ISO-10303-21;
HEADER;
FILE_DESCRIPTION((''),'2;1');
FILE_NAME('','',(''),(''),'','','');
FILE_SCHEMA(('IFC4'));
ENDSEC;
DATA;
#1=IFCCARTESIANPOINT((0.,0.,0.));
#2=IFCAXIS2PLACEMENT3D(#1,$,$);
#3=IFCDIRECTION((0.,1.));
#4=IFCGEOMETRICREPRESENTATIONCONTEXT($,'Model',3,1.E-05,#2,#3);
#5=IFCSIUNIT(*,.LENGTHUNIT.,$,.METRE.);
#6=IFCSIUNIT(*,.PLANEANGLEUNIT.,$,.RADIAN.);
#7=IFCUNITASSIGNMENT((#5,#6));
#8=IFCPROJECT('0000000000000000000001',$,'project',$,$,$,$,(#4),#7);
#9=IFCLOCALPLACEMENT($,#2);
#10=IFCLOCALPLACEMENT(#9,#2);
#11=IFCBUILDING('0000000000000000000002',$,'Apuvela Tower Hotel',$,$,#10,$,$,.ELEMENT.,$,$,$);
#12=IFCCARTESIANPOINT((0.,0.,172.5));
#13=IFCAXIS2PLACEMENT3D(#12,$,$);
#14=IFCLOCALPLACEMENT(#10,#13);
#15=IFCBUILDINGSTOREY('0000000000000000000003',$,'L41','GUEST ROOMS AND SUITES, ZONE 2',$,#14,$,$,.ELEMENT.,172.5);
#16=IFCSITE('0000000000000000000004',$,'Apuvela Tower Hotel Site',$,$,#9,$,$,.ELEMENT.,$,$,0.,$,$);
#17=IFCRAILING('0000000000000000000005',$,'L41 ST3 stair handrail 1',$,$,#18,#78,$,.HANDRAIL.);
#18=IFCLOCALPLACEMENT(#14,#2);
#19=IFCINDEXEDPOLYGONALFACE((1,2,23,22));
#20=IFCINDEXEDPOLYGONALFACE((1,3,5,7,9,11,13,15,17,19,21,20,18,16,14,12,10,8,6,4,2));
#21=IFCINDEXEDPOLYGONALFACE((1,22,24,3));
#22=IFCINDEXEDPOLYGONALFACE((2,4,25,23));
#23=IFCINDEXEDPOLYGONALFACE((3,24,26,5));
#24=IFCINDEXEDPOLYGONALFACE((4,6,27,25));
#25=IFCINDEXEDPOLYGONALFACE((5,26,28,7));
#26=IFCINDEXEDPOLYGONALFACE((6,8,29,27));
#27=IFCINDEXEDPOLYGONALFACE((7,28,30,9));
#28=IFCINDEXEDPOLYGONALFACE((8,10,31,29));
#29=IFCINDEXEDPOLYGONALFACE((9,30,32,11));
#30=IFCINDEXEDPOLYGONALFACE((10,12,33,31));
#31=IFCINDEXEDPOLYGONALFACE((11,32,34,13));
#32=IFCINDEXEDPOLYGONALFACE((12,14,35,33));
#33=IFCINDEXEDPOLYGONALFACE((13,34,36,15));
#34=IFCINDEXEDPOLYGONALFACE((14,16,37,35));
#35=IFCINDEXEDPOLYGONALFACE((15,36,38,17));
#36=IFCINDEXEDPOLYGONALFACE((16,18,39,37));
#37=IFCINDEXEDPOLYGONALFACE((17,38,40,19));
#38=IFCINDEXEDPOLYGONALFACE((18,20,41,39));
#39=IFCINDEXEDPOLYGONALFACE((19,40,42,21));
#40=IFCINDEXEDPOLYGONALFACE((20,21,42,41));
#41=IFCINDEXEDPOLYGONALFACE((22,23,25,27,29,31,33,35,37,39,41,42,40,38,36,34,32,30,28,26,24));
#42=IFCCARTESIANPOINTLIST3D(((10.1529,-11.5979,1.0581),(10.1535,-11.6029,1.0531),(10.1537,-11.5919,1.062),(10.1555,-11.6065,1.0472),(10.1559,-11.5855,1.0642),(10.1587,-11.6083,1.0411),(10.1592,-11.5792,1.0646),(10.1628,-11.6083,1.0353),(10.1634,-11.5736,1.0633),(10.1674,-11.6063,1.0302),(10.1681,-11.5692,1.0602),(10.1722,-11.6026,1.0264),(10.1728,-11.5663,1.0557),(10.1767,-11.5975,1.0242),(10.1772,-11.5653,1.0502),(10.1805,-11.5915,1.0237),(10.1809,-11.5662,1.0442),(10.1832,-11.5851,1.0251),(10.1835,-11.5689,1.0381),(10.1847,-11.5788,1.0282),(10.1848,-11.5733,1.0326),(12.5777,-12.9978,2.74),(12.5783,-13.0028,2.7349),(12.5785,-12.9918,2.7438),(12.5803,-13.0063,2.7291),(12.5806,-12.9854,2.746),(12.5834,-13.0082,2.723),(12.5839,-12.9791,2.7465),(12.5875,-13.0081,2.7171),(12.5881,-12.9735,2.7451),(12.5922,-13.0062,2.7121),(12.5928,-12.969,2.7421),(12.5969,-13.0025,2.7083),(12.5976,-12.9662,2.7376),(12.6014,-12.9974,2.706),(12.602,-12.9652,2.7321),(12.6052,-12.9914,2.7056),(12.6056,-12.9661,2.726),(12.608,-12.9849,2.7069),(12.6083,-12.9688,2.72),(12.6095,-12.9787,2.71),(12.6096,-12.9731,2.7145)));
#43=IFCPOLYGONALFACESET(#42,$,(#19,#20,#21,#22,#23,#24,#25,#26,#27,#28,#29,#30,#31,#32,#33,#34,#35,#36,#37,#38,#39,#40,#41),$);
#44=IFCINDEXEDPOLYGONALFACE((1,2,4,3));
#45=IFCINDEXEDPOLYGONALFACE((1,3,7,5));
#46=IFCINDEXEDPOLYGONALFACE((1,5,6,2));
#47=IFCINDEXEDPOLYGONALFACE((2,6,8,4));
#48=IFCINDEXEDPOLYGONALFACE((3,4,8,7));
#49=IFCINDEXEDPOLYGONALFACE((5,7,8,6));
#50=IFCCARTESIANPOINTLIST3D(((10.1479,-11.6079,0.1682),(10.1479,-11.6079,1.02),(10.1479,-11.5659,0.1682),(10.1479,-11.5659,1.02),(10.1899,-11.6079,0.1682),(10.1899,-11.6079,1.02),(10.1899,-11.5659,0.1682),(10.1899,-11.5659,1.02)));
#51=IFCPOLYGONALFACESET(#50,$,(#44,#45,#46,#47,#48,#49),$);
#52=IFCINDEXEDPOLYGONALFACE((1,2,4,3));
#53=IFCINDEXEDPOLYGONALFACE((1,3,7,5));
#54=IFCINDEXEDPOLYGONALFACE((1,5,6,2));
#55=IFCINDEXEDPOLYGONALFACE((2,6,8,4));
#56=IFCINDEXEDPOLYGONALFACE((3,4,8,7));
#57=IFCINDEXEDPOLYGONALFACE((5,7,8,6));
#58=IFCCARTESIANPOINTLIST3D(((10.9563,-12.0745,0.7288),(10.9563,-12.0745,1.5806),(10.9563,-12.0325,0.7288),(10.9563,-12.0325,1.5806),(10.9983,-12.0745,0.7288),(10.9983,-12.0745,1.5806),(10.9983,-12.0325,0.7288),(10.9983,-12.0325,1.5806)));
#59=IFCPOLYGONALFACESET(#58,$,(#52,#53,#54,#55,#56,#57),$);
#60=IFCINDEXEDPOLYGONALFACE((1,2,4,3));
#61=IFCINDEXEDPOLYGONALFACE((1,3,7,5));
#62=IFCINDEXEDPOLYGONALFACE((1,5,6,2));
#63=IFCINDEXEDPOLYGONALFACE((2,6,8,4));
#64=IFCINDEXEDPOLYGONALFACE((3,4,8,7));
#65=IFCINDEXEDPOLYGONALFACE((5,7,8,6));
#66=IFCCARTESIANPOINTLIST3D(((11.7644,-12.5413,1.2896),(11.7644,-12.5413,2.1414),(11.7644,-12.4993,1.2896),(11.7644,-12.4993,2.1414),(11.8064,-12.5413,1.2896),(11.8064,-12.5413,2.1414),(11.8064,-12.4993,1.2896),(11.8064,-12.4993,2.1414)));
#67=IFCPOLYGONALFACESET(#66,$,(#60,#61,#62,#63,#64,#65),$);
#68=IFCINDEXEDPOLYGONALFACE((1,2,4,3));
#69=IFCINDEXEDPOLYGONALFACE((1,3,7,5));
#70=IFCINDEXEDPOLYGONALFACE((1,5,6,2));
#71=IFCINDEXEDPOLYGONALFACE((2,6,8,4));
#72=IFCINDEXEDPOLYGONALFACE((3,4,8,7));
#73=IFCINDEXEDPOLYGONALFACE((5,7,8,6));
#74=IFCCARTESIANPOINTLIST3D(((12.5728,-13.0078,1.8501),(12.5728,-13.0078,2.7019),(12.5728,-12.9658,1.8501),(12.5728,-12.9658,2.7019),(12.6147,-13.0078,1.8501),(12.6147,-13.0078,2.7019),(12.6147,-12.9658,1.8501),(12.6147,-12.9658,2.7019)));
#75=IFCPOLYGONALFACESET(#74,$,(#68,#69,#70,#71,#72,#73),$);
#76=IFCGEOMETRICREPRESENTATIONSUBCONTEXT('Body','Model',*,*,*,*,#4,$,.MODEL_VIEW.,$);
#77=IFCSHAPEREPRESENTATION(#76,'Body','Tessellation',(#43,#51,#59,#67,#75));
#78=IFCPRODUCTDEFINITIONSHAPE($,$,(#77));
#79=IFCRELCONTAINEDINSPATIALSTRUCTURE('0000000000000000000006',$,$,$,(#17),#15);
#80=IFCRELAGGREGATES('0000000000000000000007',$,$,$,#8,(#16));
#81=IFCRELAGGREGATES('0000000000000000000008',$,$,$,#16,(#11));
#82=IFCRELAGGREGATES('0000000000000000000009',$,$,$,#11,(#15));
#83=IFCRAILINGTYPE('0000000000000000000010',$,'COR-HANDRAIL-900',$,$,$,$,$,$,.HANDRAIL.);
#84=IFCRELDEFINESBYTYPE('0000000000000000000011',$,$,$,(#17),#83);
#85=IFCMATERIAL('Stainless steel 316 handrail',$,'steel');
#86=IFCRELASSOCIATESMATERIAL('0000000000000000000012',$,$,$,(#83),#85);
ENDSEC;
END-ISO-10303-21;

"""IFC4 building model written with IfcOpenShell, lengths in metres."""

from ifc_helpers import new_model, si_unit, direction, frame, origin, origin_2d, place, context, subcontext, project, spatial, rectangle, circle, extrude, material, type_object, element, save


model = new_model("IFC4")

# Units and contexts
model_context = context("Model", 3, precision=1e-05, world=origin(), true_north=direction((0.0, 1.0)))
body_context = subcontext(model_context, "Body", "Model", "MODEL_VIEW")
ifc_project = project(units=[si_unit("LENGTHUNIT", "METRE"), si_unit("PLANEANGLEUNIT", "RADIAN")], contexts=[model_context])

# Site, building, storey
site_placement = place(None, origin())
site = spatial("IfcSite", under=ifc_project, at=site_placement, Name="Apuvela Tower Hotel Site", CompositionType="ELEMENT", RefElevation=0.0)
building_placement = place(site_placement, origin())
building = spatial("IfcBuilding", under=site, at=building_placement, Name="Apuvela Tower Hotel", CompositionType="ELEMENT")
storey_placement = place(building_placement, frame((0.0, 0.0, 172.5)))
storey = spatial("IfcBuildingStorey", under=building, at=storey_placement, Name="L41", Description="GUEST ROOMS AND SUITES, ZONE 2", CompositionType="ELEMENT", Elevation=172.5)

# Railing
ifc_material_1 = material(Name="Stainless steel 316 handrail", Category="steel")
railing_type_1 = type_object("IfcRailingType", Name="COR-HANDRAIL-900", PredefinedType="HANDRAIL", material=ifc_material_1)
railing_1_placement = place(storey_placement, frame((10.1689, -11.5869, 0.1682)))
element("IfcRailing", 1, at=railing_1_placement, inside=storey, type_object=railing_type_1, Name="L41 ST3 stair handrail 1", PredefinedType="HANDRAIL", context=body_context, shape_type="SweptSolid", body=[
    extrude(circle(Radius=0.0239, at=origin_2d()), frame((0.0, 0.0, 0.876), z_axis=(0.74239, -0.428601, 0.514934), x_axis=(0.499984, 0.866035, 0.0)), (0.0, 0.0, 1.0), 3.2661),
    extrude(rectangle(XDim=0.042, YDim=0.042, at=origin_2d()), origin(), (0.0, 0.0, 1.0), 0.8518),
    extrude(rectangle(XDim=0.042, YDim=0.042, at=origin_2d()), frame((0.8083, -0.4666, 0.5605)), (0.0, 0.0, 1.0), 0.8518),
    extrude(rectangle(XDim=0.042, YDim=0.042, at=origin_2d()), frame((1.6165, -0.9333, 1.1213)), (0.0, 0.0, 1.0), 0.8518),
    extrude(rectangle(XDim=0.042, YDim=0.042, at=origin_2d()), frame((2.4248, -1.3999, 1.6819)), (0.0, 0.0, 1.0), 0.8518),
])

save(model, "model.ifc")
